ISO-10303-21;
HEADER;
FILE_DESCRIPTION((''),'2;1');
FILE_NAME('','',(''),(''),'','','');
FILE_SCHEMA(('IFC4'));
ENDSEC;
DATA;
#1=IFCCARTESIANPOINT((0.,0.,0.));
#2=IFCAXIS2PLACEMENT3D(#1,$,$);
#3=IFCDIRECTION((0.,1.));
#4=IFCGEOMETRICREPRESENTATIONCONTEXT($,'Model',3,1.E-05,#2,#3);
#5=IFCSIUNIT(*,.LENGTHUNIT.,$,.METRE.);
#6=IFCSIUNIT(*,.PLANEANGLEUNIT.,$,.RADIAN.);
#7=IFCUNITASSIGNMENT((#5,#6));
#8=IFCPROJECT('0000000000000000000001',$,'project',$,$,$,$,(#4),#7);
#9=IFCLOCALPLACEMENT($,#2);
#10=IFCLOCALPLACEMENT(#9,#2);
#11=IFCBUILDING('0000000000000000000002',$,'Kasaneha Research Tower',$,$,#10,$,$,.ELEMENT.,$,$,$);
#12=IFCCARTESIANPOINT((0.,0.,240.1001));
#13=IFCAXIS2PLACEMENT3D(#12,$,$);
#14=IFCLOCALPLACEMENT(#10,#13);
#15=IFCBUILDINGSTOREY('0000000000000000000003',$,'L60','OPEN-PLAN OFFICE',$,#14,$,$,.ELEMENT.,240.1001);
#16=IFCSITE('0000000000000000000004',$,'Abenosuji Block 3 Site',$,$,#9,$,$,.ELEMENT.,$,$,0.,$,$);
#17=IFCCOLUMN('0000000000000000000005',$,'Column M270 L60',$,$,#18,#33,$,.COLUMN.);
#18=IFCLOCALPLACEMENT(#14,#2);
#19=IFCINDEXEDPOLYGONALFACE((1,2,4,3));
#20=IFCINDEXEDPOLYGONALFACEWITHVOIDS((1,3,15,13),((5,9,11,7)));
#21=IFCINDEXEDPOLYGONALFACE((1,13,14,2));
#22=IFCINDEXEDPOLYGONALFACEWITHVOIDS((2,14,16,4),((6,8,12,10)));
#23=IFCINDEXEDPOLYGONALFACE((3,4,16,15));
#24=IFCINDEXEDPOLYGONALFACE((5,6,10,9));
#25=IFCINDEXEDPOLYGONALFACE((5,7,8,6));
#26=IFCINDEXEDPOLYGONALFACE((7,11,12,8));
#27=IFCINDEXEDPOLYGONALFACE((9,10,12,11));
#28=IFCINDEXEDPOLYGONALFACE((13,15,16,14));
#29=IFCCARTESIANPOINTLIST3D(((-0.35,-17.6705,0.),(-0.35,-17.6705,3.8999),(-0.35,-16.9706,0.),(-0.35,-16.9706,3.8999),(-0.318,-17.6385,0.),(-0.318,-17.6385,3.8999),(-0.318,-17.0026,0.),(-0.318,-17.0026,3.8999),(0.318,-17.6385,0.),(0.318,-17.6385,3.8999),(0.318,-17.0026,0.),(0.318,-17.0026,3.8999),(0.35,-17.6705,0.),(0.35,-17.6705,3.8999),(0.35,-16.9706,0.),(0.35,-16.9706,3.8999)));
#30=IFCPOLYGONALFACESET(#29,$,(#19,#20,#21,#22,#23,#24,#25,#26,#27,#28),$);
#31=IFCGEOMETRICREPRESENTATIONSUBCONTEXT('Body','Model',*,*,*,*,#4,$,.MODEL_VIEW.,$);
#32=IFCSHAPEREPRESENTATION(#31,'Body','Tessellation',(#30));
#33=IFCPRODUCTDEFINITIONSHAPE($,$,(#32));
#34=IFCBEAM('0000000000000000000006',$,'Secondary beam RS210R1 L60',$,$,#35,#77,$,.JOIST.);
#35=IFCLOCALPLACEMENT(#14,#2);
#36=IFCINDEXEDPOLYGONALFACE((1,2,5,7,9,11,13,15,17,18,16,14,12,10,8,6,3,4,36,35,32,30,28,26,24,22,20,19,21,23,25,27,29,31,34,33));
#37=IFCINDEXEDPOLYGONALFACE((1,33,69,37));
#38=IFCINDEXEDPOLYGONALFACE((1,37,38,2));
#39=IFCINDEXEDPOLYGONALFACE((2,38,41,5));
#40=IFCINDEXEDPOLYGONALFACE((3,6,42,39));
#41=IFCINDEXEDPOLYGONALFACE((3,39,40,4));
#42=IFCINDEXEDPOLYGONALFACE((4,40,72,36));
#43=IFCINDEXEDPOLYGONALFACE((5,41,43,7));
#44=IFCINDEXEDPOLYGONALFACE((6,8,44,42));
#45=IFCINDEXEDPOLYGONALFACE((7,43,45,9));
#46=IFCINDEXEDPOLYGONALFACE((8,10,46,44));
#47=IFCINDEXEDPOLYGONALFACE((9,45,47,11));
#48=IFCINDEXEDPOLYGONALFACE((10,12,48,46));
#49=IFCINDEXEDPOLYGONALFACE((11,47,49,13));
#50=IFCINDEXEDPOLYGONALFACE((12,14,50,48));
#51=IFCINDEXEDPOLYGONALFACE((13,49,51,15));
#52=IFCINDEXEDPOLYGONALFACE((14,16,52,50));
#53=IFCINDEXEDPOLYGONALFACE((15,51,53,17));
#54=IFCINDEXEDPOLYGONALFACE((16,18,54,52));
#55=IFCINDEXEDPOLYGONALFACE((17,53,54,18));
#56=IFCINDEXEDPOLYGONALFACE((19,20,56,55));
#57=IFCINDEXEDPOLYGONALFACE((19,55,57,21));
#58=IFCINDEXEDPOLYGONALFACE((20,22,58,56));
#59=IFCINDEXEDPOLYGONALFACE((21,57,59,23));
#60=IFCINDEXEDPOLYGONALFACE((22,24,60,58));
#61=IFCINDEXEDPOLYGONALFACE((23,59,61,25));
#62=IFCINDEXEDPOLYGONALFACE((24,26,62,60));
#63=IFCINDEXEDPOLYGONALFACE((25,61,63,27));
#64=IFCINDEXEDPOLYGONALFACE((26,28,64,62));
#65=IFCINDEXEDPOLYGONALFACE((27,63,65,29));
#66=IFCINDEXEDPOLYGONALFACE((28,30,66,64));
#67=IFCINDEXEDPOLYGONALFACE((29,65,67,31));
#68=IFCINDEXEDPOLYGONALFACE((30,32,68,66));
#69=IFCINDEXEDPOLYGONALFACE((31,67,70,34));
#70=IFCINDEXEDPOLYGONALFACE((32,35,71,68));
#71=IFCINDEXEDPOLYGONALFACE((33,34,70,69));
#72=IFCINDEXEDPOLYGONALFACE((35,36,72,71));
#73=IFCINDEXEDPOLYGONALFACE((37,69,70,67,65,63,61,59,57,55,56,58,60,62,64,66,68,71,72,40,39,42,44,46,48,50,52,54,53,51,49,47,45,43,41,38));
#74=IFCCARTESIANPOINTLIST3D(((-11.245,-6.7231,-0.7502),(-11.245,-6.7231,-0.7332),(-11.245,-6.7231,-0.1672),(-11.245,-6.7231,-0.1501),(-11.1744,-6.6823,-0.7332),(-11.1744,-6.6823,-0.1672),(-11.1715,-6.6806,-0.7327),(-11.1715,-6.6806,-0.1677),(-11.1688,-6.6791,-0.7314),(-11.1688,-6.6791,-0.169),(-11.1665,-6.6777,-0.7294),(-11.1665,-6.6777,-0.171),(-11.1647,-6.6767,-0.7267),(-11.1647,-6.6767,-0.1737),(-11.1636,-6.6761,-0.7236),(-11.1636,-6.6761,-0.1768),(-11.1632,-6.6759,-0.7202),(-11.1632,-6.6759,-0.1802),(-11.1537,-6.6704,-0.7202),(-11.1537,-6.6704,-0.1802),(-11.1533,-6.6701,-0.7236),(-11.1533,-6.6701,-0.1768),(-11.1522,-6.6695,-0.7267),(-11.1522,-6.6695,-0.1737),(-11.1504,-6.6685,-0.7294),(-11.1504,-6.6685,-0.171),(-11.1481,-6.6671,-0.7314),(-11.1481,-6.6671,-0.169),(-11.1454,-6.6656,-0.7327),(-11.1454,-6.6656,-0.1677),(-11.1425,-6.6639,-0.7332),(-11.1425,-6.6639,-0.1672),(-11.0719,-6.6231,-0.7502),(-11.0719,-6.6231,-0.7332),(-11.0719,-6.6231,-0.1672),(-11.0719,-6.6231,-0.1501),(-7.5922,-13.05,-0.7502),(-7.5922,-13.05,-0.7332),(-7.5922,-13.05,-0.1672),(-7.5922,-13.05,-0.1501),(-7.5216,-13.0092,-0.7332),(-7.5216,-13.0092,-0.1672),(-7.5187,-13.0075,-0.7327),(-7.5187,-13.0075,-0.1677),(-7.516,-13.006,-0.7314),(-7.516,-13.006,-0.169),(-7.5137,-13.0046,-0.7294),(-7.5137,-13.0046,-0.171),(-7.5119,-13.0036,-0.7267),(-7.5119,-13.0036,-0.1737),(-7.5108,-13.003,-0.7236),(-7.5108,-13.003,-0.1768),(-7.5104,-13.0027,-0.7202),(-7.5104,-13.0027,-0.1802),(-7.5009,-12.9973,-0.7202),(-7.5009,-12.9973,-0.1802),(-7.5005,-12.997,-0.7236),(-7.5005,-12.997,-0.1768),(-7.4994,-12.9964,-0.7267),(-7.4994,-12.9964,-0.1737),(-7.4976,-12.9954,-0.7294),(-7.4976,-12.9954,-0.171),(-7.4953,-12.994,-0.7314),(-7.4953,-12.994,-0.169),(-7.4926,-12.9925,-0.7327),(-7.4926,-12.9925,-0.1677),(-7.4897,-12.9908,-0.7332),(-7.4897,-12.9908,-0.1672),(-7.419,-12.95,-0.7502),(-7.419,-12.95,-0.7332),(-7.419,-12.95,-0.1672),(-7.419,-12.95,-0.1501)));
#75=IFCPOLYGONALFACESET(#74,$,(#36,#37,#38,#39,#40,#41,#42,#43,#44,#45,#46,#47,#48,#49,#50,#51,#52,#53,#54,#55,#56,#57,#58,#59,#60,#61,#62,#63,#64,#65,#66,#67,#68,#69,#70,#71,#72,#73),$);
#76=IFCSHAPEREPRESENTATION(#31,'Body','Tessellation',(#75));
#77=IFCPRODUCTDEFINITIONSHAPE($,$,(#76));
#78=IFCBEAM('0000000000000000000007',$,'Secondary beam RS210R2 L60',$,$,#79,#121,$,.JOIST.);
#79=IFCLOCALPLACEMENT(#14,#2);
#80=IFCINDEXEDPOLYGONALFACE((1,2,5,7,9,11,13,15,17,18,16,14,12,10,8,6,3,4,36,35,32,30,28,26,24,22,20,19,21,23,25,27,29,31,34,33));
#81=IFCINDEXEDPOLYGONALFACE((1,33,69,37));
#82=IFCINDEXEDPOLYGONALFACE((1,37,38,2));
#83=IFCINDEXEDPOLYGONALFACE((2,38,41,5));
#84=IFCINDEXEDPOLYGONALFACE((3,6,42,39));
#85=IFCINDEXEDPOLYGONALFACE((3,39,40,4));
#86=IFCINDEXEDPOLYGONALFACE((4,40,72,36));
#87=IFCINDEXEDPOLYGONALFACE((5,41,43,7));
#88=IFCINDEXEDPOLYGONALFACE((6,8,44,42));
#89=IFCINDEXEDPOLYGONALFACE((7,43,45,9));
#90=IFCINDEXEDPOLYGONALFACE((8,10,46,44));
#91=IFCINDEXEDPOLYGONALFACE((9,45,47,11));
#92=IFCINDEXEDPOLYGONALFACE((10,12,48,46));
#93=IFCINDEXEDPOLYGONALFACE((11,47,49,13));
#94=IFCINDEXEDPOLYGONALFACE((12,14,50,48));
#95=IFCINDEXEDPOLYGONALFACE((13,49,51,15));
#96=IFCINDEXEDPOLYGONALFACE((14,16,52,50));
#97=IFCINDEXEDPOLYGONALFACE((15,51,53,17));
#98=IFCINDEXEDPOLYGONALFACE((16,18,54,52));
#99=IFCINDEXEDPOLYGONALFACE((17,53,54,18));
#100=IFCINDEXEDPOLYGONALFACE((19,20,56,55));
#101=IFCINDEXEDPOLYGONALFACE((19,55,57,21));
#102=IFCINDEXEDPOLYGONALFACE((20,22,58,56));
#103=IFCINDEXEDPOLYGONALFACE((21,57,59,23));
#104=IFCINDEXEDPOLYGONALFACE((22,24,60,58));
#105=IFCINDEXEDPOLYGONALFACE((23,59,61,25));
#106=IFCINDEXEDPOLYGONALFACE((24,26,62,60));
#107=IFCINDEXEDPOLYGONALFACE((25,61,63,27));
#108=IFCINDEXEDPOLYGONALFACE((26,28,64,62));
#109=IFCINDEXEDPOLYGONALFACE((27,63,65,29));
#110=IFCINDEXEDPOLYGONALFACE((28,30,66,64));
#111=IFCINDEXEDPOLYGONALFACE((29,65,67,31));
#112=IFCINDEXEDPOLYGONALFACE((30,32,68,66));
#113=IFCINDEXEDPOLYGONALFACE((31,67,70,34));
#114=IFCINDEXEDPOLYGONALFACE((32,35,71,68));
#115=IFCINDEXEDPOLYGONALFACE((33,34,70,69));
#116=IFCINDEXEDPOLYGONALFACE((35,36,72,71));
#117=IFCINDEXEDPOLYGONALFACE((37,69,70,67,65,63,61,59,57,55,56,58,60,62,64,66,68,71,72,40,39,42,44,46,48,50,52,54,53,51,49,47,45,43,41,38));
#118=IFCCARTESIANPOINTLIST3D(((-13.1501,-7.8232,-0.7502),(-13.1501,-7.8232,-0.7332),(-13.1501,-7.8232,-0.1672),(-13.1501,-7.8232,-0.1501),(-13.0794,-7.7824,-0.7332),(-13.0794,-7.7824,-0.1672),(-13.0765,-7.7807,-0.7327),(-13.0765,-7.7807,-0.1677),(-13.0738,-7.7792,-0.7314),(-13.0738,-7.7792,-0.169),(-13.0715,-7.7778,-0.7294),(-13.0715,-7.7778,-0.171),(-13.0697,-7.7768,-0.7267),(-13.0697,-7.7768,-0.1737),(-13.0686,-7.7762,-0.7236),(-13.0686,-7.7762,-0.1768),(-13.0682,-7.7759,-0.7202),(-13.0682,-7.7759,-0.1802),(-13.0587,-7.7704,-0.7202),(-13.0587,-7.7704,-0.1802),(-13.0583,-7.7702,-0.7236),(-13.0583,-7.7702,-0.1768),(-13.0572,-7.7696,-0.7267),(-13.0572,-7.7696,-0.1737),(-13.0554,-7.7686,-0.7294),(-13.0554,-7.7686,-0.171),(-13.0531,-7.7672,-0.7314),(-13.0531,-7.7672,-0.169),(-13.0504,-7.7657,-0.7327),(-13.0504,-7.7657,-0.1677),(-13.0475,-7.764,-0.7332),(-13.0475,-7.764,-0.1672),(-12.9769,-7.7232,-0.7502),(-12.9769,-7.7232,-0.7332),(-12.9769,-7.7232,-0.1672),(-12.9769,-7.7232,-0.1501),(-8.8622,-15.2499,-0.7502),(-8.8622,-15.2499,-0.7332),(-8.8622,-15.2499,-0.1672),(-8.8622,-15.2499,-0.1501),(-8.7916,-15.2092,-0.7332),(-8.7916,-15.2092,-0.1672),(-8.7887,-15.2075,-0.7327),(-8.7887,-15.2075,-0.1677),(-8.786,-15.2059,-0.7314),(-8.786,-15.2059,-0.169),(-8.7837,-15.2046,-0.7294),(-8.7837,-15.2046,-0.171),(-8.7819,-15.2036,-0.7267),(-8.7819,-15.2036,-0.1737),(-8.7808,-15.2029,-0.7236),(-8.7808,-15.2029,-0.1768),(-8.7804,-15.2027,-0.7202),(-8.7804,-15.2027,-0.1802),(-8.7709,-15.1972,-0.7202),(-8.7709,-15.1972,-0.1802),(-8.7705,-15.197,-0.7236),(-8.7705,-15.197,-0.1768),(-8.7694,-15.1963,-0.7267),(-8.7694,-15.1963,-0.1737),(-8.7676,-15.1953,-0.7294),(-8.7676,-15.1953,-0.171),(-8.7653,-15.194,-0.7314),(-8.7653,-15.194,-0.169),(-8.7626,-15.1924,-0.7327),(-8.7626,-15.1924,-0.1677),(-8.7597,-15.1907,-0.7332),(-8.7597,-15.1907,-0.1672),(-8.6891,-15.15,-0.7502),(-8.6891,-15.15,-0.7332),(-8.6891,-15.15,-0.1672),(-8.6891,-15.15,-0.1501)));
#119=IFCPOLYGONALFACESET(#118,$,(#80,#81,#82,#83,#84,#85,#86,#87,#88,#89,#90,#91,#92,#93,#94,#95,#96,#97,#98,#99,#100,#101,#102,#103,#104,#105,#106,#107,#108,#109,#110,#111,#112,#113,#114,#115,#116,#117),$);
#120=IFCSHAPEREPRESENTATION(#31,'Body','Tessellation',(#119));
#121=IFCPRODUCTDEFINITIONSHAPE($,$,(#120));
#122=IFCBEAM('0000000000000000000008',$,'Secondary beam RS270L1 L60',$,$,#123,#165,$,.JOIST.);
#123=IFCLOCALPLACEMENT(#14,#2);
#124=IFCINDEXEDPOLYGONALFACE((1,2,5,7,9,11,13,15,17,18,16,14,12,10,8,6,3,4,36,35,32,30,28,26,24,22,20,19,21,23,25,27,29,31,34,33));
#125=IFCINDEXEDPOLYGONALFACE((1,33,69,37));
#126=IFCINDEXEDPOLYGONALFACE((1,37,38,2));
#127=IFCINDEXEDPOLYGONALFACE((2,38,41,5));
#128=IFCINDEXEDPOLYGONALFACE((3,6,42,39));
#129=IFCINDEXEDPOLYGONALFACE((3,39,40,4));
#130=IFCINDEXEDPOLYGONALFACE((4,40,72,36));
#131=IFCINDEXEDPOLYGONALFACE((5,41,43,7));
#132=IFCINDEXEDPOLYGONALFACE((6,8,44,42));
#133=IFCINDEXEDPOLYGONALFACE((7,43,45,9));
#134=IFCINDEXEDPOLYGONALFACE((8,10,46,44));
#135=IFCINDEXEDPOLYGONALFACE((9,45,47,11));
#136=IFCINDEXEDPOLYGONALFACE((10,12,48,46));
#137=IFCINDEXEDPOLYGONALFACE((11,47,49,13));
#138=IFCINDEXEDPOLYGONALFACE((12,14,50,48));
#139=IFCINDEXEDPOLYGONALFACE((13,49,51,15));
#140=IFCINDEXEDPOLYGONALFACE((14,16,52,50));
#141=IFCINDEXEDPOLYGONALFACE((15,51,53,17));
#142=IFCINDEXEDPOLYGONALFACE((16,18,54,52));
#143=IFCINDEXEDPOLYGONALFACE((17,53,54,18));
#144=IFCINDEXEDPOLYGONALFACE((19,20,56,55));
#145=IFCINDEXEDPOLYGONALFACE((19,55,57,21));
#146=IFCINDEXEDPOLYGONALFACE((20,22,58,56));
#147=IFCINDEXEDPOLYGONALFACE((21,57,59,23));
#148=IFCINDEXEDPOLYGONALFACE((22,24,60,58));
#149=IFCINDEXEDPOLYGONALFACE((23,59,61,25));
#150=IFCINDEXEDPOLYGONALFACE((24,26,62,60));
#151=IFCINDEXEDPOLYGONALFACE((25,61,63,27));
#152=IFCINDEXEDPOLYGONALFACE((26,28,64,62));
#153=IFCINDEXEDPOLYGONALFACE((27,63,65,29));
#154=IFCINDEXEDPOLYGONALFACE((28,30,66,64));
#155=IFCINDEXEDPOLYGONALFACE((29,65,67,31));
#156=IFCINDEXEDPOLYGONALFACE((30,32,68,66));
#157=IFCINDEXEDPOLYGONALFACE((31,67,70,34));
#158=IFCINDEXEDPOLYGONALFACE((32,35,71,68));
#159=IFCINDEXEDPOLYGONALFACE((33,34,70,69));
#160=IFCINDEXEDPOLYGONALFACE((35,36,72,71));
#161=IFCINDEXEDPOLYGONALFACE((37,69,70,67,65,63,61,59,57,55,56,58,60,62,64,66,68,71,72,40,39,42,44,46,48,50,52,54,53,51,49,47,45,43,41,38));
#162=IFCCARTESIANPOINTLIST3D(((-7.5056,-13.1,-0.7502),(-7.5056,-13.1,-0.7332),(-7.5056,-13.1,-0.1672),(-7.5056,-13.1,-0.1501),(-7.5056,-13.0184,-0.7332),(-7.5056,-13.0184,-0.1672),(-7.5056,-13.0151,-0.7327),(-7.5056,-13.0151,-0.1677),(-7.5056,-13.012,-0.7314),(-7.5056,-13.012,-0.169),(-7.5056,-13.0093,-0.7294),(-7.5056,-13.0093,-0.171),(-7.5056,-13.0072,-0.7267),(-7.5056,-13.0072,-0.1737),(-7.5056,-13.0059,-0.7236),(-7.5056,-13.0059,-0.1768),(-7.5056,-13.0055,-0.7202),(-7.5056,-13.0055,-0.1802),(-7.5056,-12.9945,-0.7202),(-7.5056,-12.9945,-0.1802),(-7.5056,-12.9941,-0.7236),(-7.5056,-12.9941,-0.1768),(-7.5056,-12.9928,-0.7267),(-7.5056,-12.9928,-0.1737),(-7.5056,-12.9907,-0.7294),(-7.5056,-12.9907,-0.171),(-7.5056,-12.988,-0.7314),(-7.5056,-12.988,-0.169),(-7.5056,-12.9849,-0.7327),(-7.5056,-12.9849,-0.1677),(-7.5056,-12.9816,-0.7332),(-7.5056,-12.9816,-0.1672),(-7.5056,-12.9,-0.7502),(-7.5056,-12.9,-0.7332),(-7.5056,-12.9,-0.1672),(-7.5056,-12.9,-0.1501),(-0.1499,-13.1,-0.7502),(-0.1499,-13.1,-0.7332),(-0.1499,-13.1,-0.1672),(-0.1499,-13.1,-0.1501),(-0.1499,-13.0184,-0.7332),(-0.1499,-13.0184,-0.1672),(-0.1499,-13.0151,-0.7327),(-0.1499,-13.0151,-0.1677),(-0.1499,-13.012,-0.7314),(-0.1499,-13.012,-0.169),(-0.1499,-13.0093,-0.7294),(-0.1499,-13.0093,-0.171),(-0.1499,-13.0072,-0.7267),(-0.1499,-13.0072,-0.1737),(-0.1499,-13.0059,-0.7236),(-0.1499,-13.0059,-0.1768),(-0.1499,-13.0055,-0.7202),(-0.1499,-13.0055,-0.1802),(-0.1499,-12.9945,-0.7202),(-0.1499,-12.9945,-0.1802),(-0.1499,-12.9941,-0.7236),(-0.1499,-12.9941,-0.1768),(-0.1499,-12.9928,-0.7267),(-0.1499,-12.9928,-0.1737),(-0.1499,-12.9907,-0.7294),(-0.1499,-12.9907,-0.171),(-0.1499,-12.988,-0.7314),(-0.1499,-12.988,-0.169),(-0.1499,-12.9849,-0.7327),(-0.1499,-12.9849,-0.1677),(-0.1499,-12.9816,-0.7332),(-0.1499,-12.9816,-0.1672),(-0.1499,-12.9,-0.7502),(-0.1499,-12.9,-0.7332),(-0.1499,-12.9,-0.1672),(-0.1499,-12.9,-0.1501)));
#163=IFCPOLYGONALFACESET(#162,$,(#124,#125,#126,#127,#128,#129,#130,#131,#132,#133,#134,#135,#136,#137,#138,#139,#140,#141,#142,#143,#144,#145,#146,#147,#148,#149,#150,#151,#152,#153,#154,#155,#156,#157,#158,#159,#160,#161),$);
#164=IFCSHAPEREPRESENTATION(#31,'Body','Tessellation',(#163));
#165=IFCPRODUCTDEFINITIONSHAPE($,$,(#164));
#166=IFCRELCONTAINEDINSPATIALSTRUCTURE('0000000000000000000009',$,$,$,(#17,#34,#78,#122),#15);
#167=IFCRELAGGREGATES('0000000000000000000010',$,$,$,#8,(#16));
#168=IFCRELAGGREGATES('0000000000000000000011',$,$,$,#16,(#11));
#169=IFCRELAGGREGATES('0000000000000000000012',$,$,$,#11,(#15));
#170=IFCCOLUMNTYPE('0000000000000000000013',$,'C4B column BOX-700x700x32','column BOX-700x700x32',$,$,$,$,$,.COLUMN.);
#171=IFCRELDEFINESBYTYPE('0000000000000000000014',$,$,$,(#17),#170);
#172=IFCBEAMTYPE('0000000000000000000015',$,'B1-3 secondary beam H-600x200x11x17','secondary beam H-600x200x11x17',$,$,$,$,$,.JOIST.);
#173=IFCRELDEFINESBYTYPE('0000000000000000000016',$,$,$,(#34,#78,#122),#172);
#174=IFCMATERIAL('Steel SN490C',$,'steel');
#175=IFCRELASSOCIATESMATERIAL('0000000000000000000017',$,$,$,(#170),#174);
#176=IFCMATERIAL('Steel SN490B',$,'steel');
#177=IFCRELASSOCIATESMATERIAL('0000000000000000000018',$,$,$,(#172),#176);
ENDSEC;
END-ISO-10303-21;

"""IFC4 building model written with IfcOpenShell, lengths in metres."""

from ifc_helpers import new_model, si_unit, direction, frame, origin, origin_2d, place, context, subcontext, project, spatial, hollow_rectangle, i_section, extrude, material, material_profile, profile_set, type_object, element, save


model = new_model("IFC4")

# Units and contexts
model_context = context("Model", 3, precision=1e-05, world=origin(), true_north=direction((0.0, 1.0)))
body_context = subcontext(model_context, "Body", "Model", "MODEL_VIEW")
ifc_project = project(units=[si_unit("LENGTHUNIT", "METRE"), si_unit("PLANEANGLEUNIT", "RADIAN")], contexts=[model_context])

# Site, building, storey
site_placement = place(None, origin())
site = spatial("IfcSite", under=ifc_project, at=site_placement, Name="Abenosuji Block 3 Site", CompositionType="ELEMENT", RefElevation=0.0)
building_placement = place(site_placement, origin())
building = spatial("IfcBuilding", under=site, at=building_placement, Name="Kasaneha Research Tower", CompositionType="ELEMENT")
storey_placement = place(building_placement, frame((0.0, 0.0, 240.1001)))
storey = spatial("IfcBuildingStorey", under=building, at=storey_placement, Name="L60", Description="OPEN-PLAN OFFICE", CompositionType="ELEMENT", Elevation=240.1001)

# Column
ifc_material_1 = material(Name="Steel SN490C", Category="steel")
ifc_material_profile_1 = material_profile(ifc_material_1, hollow_rectangle(XDim=0.7, YDim=0.7, WallThickness=0.032, at=origin_2d()), Name="BOX-700x700x32")
ifc_profile_set_1 = profile_set([ifc_material_profile_1], Name="Steel SN490C")
column_type = type_object("IfcColumnType", Name="C4B column BOX-700x700x32", Description="column BOX-700x700x32", PredefinedType="COLUMN", material=ifc_profile_set_1)
column_placement = place(storey_placement, frame((0.0, -17.3206, 0.0), z_axis=(0.0, 0.0, 1.0), x_axis=(1.0, 0.0, 0.0)))
element("IfcColumn", 1, at=column_placement, inside=storey, type_object=column_type, Name="Column M270 L60", PredefinedType="COLUMN", context=body_context, shape_type="SweptSolid", body=[
    extrude(hollow_rectangle(XDim=0.7, YDim=0.7, WallThickness=0.032, at=origin_2d()), origin(), (0.0, 0.0, 1.0), 3.8999),
])

# Beams
ifc_material_2 = material(Name="Steel SN490B", Category="steel")
ifc_material_profile_2 = material_profile(ifc_material_2, i_section(OverallWidth=0.2, OverallDepth=0.6001, WebThickness=0.011, FlangeThickness=0.0171, FilletRadius=0.0129, at=origin_2d()), Name="H-600x200x11x17")
ifc_profile_set_2 = profile_set([ifc_material_profile_2], Name="Steel SN490B")
beam_type_1 = type_object("IfcBeamType", Name="B1-3 secondary beam H-600x200x11x17", Description="secondary beam H-600x200x11x17", PredefinedType="JOIST", material=ifc_profile_set_2)
beam_1_placement = place(storey_placement, frame((-7.5056, -13.0, -0.4502), z_axis=(-0.499999, 0.866026, 0.0), x_axis=(-0.866026, -0.499999, 0.0)))
element("IfcBeam", 2, at=beam_1_placement, inside=storey, type_object=beam_type_1, Name="Secondary beam RS210R1 L60", PredefinedType="JOIST", context=body_context, shape_type="SweptSolid", body=[
    extrude(i_section(OverallWidth=0.2, OverallDepth=0.6001, WebThickness=0.011, FlangeThickness=0.0171, FilletRadius=0.0129, at=origin_2d()), origin(), (0.0, 0.0, 1.0), 7.3057),
])
beam_2_placement = place(storey_placement, frame((-8.7756, -15.2, -0.4502), z_axis=(-0.5, 0.866025, 0.0), x_axis=(-0.866025, -0.5, 0.0)))
element("IfcBeam", 3, at=beam_2_placement, inside=storey, type_object=beam_type_1, Name="Secondary beam RS210R2 L60", PredefinedType="JOIST", context=body_context, shape_type="SweptSolid", body=[
    extrude(i_section(OverallWidth=0.2, OverallDepth=0.6001, WebThickness=0.011, FlangeThickness=0.0171, FilletRadius=0.0129, at=origin_2d()), origin(), (0.0, 0.0, 1.0), 8.5757),
])
beam_3_placement = place(storey_placement, frame((-7.5056, -13.0, -0.4502), z_axis=(1.0, 0.0, 0.0), x_axis=(0.0, 1.0, 0.0)))
element("IfcBeam", 4, at=beam_3_placement, inside=storey, type_object=beam_type_1, Name="Secondary beam RS270L1 L60", PredefinedType="JOIST", context=body_context, shape_type="SweptSolid", body=[
    extrude(i_section(OverallWidth=0.2, OverallDepth=0.6001, WebThickness=0.011, FlangeThickness=0.0171, FilletRadius=0.0129, at=origin_2d()), origin(), (0.0, 0.0, 1.0), 7.3557),
])

save(model, "model.ifc")
